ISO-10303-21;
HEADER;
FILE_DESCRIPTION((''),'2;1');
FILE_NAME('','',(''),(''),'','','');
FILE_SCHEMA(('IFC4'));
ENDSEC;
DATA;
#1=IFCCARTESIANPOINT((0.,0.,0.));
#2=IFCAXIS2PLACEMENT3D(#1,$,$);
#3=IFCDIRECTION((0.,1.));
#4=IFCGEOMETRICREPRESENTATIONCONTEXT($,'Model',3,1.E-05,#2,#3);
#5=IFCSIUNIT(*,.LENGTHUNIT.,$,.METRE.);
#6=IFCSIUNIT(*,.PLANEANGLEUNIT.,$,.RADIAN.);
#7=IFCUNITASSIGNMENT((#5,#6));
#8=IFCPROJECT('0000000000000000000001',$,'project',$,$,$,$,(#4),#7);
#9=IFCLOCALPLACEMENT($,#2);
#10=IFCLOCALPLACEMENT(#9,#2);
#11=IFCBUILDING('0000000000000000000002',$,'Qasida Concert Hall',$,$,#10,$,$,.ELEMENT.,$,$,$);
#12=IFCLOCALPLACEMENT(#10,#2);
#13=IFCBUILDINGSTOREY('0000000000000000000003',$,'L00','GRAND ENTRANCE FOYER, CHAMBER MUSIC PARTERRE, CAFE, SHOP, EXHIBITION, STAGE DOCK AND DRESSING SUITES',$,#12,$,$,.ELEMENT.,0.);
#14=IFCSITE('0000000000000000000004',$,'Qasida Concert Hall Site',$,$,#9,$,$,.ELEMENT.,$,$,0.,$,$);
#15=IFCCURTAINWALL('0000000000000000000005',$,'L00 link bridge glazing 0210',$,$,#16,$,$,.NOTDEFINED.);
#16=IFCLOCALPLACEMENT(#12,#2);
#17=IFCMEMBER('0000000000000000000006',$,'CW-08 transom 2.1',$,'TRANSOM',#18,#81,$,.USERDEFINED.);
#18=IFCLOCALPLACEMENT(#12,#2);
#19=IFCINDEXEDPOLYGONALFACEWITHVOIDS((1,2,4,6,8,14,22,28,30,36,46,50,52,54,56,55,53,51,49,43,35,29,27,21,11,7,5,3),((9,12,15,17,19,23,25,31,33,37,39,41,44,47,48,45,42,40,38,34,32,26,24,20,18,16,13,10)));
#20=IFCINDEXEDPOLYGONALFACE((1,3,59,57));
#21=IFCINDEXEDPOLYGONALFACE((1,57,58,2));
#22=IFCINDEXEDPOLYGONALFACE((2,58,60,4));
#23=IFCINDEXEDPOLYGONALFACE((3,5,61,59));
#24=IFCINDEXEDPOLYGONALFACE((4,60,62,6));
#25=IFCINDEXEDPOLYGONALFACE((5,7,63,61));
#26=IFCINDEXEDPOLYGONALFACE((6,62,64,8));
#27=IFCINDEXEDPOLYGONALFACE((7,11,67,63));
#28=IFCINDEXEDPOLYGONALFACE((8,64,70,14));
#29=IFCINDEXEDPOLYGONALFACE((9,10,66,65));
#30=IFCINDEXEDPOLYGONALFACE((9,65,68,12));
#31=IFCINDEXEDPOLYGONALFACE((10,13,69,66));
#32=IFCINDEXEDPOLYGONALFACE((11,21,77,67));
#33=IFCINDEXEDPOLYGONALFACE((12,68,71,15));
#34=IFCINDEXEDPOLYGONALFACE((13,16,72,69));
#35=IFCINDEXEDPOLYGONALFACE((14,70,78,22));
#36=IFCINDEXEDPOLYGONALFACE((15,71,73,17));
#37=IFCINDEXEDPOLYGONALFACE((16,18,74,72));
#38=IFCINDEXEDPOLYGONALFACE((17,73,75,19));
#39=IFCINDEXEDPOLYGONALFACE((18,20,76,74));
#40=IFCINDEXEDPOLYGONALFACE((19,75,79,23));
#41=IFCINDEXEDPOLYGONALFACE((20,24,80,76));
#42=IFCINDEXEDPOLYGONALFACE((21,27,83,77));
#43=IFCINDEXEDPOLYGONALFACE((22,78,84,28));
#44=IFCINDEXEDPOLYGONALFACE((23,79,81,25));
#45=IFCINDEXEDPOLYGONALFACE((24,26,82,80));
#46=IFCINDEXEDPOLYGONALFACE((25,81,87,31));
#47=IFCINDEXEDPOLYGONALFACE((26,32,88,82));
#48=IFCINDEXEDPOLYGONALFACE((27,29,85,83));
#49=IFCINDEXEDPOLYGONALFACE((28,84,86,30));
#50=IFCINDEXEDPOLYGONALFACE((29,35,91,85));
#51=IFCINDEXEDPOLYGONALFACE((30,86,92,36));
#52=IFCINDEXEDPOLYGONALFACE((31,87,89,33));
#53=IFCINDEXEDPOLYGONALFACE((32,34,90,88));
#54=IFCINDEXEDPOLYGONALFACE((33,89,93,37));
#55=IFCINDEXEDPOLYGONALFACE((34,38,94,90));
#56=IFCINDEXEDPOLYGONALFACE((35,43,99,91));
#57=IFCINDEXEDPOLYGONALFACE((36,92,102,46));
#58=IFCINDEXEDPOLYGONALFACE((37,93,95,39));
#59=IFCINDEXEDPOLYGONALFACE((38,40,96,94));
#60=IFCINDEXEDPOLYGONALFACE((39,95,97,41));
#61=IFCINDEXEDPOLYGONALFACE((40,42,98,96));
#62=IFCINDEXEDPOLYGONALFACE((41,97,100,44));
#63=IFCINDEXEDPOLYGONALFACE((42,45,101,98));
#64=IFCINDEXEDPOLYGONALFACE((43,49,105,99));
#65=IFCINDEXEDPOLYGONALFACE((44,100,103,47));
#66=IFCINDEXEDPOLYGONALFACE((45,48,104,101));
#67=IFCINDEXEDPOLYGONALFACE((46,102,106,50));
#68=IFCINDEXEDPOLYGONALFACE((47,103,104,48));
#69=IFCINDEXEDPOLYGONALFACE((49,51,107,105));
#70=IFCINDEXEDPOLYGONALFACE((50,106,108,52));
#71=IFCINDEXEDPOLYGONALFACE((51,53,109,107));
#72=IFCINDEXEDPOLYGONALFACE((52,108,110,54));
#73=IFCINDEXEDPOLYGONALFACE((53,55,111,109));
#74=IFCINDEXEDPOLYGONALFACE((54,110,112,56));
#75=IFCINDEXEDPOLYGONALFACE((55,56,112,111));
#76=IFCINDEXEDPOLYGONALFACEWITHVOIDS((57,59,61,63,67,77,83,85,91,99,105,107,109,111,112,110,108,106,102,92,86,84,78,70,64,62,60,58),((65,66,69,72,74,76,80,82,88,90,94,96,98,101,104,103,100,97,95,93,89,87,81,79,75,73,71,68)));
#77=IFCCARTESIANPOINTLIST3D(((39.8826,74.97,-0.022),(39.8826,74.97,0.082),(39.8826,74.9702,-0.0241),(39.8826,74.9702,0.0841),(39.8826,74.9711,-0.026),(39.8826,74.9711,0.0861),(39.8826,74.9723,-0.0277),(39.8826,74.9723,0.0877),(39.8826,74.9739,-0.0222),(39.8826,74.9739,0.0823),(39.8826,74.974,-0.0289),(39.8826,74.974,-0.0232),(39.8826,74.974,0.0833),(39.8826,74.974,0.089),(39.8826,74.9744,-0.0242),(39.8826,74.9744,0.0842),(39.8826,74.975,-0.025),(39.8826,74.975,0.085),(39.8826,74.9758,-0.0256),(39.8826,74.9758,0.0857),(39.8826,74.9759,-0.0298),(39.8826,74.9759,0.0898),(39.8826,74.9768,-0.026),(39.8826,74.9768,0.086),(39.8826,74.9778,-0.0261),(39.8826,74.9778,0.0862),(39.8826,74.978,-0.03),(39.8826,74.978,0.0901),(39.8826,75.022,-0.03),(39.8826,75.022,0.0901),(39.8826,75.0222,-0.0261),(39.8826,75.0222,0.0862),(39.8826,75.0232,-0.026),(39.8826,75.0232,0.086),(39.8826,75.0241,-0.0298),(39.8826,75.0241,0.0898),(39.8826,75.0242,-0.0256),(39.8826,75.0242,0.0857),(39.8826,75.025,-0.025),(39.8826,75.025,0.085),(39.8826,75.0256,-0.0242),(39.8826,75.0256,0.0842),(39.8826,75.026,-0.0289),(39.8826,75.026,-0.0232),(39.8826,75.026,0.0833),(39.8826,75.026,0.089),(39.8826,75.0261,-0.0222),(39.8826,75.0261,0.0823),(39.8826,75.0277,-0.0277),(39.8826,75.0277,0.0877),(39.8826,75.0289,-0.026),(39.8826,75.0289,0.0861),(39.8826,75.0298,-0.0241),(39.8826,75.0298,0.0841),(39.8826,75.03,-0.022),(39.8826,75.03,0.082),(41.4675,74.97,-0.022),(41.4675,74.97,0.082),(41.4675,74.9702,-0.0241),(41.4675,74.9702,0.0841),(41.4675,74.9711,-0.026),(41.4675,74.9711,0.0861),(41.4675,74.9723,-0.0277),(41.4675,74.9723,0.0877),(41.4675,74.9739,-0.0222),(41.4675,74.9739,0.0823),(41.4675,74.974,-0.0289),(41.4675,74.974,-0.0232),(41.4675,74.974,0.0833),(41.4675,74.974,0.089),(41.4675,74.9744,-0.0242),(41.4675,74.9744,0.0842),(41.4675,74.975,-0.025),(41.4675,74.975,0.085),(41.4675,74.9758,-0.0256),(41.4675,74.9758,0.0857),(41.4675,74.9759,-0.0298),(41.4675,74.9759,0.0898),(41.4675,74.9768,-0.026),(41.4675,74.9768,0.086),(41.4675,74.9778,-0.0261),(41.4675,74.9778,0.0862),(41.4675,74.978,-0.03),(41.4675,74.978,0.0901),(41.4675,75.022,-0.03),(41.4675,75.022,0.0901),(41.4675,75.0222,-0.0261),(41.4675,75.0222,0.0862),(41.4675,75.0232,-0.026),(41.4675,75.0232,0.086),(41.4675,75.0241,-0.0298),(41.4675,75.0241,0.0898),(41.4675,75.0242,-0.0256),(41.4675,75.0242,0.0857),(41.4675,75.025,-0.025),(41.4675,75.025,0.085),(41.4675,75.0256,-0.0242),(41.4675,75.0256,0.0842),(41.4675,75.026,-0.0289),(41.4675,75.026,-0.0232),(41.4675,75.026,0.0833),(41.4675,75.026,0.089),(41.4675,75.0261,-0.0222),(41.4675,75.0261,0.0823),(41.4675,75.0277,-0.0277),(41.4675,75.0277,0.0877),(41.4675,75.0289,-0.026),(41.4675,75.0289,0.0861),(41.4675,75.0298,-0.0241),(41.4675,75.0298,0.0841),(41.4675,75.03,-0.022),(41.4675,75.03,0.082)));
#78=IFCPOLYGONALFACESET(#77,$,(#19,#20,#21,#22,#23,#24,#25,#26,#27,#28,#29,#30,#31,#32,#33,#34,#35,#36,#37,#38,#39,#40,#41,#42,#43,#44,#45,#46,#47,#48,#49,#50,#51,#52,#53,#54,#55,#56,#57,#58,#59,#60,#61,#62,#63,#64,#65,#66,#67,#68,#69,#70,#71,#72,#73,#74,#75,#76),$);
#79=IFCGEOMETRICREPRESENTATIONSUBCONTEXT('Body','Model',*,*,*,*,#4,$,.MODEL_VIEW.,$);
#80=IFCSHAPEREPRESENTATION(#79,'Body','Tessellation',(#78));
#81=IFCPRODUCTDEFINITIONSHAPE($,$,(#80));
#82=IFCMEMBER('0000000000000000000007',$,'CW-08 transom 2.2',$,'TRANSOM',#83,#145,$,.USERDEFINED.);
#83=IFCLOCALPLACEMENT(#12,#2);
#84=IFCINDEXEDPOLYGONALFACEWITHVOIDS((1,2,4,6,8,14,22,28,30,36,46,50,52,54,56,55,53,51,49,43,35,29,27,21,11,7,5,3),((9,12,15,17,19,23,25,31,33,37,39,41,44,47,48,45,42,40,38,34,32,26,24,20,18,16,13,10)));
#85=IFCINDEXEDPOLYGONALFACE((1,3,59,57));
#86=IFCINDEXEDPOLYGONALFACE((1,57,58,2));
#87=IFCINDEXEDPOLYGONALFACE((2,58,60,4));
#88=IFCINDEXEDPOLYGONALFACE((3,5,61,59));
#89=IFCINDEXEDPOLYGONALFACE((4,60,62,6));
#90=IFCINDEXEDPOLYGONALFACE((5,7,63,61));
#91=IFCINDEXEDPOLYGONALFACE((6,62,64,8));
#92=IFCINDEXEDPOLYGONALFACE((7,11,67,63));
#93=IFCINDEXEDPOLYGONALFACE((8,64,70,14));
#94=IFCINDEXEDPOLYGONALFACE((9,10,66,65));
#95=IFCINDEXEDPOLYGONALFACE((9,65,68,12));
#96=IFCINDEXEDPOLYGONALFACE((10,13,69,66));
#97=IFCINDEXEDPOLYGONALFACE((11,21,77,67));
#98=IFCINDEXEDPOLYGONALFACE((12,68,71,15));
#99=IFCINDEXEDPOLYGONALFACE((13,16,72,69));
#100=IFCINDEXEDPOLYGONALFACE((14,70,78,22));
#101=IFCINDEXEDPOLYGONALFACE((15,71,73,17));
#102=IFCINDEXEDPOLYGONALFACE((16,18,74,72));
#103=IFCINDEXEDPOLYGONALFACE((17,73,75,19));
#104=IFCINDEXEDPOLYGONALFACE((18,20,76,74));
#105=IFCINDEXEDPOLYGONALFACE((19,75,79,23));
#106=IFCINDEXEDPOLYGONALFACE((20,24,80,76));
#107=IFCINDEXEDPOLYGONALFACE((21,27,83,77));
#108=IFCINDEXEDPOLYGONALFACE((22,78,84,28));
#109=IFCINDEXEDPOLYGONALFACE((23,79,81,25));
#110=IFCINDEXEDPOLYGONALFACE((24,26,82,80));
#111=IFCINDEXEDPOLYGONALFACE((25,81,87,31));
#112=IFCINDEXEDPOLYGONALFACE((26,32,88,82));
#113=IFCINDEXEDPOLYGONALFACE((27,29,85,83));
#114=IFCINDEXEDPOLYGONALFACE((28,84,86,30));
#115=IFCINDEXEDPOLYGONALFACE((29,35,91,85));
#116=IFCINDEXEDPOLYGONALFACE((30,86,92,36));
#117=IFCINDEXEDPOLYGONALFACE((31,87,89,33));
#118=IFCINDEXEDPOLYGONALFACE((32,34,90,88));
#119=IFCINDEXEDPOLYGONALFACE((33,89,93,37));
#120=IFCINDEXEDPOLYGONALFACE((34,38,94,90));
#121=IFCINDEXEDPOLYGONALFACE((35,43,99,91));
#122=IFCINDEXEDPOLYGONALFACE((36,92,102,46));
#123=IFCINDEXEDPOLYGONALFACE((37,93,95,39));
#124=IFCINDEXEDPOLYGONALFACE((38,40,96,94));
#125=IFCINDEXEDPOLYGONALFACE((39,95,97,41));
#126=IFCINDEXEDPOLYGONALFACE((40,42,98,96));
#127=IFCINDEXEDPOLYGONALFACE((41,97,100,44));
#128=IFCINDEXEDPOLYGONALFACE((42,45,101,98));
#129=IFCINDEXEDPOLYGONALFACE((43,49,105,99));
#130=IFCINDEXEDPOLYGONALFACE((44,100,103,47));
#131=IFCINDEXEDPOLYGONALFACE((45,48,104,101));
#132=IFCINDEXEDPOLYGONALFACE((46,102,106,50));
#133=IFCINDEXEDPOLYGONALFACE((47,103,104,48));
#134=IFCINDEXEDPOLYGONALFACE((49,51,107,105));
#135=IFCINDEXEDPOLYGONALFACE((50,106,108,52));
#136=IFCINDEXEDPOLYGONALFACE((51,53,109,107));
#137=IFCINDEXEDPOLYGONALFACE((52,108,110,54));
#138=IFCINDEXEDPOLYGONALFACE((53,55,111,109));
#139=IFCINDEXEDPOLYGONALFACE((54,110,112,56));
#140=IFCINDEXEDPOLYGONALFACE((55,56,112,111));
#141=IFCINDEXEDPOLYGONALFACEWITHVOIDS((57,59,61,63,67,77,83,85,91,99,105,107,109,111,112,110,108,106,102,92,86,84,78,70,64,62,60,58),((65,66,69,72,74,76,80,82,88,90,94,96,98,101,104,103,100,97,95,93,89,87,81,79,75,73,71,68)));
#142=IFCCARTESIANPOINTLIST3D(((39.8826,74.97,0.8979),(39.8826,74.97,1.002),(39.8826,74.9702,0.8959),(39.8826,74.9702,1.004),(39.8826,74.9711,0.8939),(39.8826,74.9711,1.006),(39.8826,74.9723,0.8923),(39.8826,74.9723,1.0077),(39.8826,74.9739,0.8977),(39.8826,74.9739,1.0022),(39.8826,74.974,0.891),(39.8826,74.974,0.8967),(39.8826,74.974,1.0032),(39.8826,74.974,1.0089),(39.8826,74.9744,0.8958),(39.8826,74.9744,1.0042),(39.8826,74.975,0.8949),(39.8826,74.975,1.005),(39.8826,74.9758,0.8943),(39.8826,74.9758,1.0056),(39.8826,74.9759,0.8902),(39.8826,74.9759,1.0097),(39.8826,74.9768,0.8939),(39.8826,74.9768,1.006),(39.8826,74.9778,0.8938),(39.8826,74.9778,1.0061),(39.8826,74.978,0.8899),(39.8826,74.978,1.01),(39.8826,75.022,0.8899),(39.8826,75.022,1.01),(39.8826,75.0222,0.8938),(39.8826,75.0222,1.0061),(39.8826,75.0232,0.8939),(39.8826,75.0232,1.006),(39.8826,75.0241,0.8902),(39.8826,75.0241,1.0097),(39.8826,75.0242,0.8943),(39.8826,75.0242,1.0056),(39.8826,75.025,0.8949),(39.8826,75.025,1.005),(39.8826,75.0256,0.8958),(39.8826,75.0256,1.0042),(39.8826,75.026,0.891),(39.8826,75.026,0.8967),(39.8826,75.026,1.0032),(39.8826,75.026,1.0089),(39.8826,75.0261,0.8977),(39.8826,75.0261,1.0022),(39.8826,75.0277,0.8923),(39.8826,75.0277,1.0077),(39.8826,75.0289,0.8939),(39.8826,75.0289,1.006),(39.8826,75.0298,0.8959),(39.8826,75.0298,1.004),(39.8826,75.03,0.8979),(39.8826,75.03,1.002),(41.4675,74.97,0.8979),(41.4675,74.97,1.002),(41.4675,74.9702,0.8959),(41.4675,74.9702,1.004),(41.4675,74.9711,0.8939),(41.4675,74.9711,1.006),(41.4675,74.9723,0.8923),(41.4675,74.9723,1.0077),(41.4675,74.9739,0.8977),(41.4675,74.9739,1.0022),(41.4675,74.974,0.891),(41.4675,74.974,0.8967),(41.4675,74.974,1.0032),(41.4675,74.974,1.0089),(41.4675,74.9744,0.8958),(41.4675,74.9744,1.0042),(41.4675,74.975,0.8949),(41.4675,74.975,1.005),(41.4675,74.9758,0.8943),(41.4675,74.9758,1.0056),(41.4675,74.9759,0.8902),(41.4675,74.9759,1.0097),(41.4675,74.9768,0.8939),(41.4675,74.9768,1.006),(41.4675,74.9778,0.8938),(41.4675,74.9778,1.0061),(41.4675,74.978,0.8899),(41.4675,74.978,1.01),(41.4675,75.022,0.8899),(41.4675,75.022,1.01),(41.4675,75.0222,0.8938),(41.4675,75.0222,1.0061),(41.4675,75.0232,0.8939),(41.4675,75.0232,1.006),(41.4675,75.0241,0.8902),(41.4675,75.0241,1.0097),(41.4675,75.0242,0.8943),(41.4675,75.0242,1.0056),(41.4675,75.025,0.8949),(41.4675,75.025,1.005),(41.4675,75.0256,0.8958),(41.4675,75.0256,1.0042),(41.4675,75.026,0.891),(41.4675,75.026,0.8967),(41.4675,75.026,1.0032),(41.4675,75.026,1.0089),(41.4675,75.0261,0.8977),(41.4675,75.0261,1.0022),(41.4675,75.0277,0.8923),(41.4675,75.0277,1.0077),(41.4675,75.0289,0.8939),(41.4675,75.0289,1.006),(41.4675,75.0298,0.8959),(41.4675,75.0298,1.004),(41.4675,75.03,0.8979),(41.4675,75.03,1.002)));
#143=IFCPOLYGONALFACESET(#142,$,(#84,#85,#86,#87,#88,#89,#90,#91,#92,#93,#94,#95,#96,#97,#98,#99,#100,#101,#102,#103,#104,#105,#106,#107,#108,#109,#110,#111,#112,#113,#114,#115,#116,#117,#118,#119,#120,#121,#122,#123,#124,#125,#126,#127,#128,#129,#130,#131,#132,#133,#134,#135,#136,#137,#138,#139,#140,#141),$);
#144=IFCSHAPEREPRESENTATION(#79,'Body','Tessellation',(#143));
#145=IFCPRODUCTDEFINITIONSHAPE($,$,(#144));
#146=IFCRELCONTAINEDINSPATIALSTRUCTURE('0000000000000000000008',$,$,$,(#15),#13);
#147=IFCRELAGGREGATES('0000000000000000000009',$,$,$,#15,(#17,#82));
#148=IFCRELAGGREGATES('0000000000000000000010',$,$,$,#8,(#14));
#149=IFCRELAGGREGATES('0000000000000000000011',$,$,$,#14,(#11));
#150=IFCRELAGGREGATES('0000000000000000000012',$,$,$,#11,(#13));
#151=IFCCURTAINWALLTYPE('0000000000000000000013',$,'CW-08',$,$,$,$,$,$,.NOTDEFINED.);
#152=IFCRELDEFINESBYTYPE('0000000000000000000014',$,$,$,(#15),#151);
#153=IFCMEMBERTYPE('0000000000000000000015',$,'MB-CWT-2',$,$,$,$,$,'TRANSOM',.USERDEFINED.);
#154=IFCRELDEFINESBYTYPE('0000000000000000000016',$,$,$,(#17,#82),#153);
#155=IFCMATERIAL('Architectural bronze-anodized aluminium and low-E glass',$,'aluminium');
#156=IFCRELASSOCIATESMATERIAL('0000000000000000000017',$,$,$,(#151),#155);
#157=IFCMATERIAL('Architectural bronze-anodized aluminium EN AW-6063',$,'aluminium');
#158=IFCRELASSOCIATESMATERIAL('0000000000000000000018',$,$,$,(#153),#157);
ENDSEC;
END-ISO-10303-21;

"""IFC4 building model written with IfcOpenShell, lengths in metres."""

from ifc_helpers import new_model, si_unit, direction, frame, origin, origin_2d, place, context, subcontext, project, spatial, hollow_rectangle, extrude, material, material_profile, profile_set, type_object, element, aggregate, save


model = new_model("IFC4")

# Units and contexts
model_context = context("Model", 3, precision=1e-05, world=origin(), true_north=direction((0.0, 1.0)))
body_context = subcontext(model_context, "Body", "Model", "MODEL_VIEW")
ifc_project = project(units=[si_unit("LENGTHUNIT", "METRE"), si_unit("PLANEANGLEUNIT", "RADIAN")], contexts=[model_context])

# Site, building, storey
site_placement = place(None, origin())
site = spatial("IfcSite", under=ifc_project, at=site_placement, Name="Qasida Concert Hall Site", CompositionType="ELEMENT", RefElevation=0.0)
building_placement = place(site_placement, origin())
building = spatial("IfcBuilding", under=site, at=building_placement, Name="Qasida Concert Hall", CompositionType="ELEMENT")
storey_placement = place(building_placement, origin())
storey = spatial("IfcBuildingStorey", under=building, at=storey_placement, Name="L00", Description="GRAND ENTRANCE FOYER, CHAMBER MUSIC PARTERRE, CAFE, SHOP, EXHIBITION, STAGE DOCK AND DRESSING SUITES", CompositionType="ELEMENT", Elevation=0.0)

# Curtain wall, members
ifc_material_1 = material(Name="Architectural bronze-anodized aluminium and low-E glass", Category="aluminium")
curtain_wall_type = type_object("IfcCurtainWallType", Name="CW-08", PredefinedType="NOTDEFINED", material=ifc_material_1)
curtain_wall_placement = place(storey_placement, origin())
curtain_wall = element("IfcCurtainWall", 1, at=curtain_wall_placement, inside=storey, type_object=curtain_wall_type, Name="L00 link bridge glazing 0210", PredefinedType="NOTDEFINED")
ifc_material_2 = material(Name="Architectural bronze-anodized aluminium EN AW-6063", Category="aluminium")
ifc_material_profile_1 = material_profile(ifc_material_2, hollow_rectangle(XDim=0.0601, YDim=0.1201, WallThickness=0.0039, InnerFilletRadius=0.0039, OuterFilletRadius=0.0081, at=origin_2d()), Name="CWT 120x60x4")
ifc_profile_set_1 = profile_set([ifc_material_profile_1], Name="Architectural bronze-anodized aluminium EN AW-6063")
member_type_1 = type_object("IfcMemberType", Name="MB-CWT-2", ElementType="TRANSOM", PredefinedType="USERDEFINED", material=ifc_profile_set_1)
member_1_placement = place(storey_placement, frame((39.8826, 75.0, 0.03), z_axis=(1.0, 0.0, 0.0), x_axis=(0.0, 1.0, 0.0)))
member_1 = element("IfcMember", 2, at=member_1_placement, type_object=member_type_1, Name="CW-08 transom 2.1", ObjectType="TRANSOM", PredefinedType="USERDEFINED", context=body_context, shape_type="SweptSolid", body=[
    extrude(hollow_rectangle(XDim=0.0601, YDim=0.1201, WallThickness=0.0039, InnerFilletRadius=0.0039, OuterFilletRadius=0.0081, at=origin_2d()), origin(), (0.0, 0.0, 1.0), 1.585),
])
member_2_placement = place(storey_placement, frame((39.8826, 75.0, 0.95), z_axis=(1.0, 0.0, 0.0), x_axis=(0.0, 1.0, 0.0)))
member_2 = element("IfcMember", 3, at=member_2_placement, type_object=member_type_1, Name="CW-08 transom 2.2", ObjectType="TRANSOM", PredefinedType="USERDEFINED", context=body_context, shape_type="SweptSolid", body=[
    extrude(hollow_rectangle(XDim=0.0601, YDim=0.1201, WallThickness=0.0039, InnerFilletRadius=0.0039, OuterFilletRadius=0.0081, at=origin_2d()), origin(), (0.0, 0.0, 1.0), 1.585),
])
aggregate(curtain_wall, [member_1, member_2])

save(model, "model.ifc")
